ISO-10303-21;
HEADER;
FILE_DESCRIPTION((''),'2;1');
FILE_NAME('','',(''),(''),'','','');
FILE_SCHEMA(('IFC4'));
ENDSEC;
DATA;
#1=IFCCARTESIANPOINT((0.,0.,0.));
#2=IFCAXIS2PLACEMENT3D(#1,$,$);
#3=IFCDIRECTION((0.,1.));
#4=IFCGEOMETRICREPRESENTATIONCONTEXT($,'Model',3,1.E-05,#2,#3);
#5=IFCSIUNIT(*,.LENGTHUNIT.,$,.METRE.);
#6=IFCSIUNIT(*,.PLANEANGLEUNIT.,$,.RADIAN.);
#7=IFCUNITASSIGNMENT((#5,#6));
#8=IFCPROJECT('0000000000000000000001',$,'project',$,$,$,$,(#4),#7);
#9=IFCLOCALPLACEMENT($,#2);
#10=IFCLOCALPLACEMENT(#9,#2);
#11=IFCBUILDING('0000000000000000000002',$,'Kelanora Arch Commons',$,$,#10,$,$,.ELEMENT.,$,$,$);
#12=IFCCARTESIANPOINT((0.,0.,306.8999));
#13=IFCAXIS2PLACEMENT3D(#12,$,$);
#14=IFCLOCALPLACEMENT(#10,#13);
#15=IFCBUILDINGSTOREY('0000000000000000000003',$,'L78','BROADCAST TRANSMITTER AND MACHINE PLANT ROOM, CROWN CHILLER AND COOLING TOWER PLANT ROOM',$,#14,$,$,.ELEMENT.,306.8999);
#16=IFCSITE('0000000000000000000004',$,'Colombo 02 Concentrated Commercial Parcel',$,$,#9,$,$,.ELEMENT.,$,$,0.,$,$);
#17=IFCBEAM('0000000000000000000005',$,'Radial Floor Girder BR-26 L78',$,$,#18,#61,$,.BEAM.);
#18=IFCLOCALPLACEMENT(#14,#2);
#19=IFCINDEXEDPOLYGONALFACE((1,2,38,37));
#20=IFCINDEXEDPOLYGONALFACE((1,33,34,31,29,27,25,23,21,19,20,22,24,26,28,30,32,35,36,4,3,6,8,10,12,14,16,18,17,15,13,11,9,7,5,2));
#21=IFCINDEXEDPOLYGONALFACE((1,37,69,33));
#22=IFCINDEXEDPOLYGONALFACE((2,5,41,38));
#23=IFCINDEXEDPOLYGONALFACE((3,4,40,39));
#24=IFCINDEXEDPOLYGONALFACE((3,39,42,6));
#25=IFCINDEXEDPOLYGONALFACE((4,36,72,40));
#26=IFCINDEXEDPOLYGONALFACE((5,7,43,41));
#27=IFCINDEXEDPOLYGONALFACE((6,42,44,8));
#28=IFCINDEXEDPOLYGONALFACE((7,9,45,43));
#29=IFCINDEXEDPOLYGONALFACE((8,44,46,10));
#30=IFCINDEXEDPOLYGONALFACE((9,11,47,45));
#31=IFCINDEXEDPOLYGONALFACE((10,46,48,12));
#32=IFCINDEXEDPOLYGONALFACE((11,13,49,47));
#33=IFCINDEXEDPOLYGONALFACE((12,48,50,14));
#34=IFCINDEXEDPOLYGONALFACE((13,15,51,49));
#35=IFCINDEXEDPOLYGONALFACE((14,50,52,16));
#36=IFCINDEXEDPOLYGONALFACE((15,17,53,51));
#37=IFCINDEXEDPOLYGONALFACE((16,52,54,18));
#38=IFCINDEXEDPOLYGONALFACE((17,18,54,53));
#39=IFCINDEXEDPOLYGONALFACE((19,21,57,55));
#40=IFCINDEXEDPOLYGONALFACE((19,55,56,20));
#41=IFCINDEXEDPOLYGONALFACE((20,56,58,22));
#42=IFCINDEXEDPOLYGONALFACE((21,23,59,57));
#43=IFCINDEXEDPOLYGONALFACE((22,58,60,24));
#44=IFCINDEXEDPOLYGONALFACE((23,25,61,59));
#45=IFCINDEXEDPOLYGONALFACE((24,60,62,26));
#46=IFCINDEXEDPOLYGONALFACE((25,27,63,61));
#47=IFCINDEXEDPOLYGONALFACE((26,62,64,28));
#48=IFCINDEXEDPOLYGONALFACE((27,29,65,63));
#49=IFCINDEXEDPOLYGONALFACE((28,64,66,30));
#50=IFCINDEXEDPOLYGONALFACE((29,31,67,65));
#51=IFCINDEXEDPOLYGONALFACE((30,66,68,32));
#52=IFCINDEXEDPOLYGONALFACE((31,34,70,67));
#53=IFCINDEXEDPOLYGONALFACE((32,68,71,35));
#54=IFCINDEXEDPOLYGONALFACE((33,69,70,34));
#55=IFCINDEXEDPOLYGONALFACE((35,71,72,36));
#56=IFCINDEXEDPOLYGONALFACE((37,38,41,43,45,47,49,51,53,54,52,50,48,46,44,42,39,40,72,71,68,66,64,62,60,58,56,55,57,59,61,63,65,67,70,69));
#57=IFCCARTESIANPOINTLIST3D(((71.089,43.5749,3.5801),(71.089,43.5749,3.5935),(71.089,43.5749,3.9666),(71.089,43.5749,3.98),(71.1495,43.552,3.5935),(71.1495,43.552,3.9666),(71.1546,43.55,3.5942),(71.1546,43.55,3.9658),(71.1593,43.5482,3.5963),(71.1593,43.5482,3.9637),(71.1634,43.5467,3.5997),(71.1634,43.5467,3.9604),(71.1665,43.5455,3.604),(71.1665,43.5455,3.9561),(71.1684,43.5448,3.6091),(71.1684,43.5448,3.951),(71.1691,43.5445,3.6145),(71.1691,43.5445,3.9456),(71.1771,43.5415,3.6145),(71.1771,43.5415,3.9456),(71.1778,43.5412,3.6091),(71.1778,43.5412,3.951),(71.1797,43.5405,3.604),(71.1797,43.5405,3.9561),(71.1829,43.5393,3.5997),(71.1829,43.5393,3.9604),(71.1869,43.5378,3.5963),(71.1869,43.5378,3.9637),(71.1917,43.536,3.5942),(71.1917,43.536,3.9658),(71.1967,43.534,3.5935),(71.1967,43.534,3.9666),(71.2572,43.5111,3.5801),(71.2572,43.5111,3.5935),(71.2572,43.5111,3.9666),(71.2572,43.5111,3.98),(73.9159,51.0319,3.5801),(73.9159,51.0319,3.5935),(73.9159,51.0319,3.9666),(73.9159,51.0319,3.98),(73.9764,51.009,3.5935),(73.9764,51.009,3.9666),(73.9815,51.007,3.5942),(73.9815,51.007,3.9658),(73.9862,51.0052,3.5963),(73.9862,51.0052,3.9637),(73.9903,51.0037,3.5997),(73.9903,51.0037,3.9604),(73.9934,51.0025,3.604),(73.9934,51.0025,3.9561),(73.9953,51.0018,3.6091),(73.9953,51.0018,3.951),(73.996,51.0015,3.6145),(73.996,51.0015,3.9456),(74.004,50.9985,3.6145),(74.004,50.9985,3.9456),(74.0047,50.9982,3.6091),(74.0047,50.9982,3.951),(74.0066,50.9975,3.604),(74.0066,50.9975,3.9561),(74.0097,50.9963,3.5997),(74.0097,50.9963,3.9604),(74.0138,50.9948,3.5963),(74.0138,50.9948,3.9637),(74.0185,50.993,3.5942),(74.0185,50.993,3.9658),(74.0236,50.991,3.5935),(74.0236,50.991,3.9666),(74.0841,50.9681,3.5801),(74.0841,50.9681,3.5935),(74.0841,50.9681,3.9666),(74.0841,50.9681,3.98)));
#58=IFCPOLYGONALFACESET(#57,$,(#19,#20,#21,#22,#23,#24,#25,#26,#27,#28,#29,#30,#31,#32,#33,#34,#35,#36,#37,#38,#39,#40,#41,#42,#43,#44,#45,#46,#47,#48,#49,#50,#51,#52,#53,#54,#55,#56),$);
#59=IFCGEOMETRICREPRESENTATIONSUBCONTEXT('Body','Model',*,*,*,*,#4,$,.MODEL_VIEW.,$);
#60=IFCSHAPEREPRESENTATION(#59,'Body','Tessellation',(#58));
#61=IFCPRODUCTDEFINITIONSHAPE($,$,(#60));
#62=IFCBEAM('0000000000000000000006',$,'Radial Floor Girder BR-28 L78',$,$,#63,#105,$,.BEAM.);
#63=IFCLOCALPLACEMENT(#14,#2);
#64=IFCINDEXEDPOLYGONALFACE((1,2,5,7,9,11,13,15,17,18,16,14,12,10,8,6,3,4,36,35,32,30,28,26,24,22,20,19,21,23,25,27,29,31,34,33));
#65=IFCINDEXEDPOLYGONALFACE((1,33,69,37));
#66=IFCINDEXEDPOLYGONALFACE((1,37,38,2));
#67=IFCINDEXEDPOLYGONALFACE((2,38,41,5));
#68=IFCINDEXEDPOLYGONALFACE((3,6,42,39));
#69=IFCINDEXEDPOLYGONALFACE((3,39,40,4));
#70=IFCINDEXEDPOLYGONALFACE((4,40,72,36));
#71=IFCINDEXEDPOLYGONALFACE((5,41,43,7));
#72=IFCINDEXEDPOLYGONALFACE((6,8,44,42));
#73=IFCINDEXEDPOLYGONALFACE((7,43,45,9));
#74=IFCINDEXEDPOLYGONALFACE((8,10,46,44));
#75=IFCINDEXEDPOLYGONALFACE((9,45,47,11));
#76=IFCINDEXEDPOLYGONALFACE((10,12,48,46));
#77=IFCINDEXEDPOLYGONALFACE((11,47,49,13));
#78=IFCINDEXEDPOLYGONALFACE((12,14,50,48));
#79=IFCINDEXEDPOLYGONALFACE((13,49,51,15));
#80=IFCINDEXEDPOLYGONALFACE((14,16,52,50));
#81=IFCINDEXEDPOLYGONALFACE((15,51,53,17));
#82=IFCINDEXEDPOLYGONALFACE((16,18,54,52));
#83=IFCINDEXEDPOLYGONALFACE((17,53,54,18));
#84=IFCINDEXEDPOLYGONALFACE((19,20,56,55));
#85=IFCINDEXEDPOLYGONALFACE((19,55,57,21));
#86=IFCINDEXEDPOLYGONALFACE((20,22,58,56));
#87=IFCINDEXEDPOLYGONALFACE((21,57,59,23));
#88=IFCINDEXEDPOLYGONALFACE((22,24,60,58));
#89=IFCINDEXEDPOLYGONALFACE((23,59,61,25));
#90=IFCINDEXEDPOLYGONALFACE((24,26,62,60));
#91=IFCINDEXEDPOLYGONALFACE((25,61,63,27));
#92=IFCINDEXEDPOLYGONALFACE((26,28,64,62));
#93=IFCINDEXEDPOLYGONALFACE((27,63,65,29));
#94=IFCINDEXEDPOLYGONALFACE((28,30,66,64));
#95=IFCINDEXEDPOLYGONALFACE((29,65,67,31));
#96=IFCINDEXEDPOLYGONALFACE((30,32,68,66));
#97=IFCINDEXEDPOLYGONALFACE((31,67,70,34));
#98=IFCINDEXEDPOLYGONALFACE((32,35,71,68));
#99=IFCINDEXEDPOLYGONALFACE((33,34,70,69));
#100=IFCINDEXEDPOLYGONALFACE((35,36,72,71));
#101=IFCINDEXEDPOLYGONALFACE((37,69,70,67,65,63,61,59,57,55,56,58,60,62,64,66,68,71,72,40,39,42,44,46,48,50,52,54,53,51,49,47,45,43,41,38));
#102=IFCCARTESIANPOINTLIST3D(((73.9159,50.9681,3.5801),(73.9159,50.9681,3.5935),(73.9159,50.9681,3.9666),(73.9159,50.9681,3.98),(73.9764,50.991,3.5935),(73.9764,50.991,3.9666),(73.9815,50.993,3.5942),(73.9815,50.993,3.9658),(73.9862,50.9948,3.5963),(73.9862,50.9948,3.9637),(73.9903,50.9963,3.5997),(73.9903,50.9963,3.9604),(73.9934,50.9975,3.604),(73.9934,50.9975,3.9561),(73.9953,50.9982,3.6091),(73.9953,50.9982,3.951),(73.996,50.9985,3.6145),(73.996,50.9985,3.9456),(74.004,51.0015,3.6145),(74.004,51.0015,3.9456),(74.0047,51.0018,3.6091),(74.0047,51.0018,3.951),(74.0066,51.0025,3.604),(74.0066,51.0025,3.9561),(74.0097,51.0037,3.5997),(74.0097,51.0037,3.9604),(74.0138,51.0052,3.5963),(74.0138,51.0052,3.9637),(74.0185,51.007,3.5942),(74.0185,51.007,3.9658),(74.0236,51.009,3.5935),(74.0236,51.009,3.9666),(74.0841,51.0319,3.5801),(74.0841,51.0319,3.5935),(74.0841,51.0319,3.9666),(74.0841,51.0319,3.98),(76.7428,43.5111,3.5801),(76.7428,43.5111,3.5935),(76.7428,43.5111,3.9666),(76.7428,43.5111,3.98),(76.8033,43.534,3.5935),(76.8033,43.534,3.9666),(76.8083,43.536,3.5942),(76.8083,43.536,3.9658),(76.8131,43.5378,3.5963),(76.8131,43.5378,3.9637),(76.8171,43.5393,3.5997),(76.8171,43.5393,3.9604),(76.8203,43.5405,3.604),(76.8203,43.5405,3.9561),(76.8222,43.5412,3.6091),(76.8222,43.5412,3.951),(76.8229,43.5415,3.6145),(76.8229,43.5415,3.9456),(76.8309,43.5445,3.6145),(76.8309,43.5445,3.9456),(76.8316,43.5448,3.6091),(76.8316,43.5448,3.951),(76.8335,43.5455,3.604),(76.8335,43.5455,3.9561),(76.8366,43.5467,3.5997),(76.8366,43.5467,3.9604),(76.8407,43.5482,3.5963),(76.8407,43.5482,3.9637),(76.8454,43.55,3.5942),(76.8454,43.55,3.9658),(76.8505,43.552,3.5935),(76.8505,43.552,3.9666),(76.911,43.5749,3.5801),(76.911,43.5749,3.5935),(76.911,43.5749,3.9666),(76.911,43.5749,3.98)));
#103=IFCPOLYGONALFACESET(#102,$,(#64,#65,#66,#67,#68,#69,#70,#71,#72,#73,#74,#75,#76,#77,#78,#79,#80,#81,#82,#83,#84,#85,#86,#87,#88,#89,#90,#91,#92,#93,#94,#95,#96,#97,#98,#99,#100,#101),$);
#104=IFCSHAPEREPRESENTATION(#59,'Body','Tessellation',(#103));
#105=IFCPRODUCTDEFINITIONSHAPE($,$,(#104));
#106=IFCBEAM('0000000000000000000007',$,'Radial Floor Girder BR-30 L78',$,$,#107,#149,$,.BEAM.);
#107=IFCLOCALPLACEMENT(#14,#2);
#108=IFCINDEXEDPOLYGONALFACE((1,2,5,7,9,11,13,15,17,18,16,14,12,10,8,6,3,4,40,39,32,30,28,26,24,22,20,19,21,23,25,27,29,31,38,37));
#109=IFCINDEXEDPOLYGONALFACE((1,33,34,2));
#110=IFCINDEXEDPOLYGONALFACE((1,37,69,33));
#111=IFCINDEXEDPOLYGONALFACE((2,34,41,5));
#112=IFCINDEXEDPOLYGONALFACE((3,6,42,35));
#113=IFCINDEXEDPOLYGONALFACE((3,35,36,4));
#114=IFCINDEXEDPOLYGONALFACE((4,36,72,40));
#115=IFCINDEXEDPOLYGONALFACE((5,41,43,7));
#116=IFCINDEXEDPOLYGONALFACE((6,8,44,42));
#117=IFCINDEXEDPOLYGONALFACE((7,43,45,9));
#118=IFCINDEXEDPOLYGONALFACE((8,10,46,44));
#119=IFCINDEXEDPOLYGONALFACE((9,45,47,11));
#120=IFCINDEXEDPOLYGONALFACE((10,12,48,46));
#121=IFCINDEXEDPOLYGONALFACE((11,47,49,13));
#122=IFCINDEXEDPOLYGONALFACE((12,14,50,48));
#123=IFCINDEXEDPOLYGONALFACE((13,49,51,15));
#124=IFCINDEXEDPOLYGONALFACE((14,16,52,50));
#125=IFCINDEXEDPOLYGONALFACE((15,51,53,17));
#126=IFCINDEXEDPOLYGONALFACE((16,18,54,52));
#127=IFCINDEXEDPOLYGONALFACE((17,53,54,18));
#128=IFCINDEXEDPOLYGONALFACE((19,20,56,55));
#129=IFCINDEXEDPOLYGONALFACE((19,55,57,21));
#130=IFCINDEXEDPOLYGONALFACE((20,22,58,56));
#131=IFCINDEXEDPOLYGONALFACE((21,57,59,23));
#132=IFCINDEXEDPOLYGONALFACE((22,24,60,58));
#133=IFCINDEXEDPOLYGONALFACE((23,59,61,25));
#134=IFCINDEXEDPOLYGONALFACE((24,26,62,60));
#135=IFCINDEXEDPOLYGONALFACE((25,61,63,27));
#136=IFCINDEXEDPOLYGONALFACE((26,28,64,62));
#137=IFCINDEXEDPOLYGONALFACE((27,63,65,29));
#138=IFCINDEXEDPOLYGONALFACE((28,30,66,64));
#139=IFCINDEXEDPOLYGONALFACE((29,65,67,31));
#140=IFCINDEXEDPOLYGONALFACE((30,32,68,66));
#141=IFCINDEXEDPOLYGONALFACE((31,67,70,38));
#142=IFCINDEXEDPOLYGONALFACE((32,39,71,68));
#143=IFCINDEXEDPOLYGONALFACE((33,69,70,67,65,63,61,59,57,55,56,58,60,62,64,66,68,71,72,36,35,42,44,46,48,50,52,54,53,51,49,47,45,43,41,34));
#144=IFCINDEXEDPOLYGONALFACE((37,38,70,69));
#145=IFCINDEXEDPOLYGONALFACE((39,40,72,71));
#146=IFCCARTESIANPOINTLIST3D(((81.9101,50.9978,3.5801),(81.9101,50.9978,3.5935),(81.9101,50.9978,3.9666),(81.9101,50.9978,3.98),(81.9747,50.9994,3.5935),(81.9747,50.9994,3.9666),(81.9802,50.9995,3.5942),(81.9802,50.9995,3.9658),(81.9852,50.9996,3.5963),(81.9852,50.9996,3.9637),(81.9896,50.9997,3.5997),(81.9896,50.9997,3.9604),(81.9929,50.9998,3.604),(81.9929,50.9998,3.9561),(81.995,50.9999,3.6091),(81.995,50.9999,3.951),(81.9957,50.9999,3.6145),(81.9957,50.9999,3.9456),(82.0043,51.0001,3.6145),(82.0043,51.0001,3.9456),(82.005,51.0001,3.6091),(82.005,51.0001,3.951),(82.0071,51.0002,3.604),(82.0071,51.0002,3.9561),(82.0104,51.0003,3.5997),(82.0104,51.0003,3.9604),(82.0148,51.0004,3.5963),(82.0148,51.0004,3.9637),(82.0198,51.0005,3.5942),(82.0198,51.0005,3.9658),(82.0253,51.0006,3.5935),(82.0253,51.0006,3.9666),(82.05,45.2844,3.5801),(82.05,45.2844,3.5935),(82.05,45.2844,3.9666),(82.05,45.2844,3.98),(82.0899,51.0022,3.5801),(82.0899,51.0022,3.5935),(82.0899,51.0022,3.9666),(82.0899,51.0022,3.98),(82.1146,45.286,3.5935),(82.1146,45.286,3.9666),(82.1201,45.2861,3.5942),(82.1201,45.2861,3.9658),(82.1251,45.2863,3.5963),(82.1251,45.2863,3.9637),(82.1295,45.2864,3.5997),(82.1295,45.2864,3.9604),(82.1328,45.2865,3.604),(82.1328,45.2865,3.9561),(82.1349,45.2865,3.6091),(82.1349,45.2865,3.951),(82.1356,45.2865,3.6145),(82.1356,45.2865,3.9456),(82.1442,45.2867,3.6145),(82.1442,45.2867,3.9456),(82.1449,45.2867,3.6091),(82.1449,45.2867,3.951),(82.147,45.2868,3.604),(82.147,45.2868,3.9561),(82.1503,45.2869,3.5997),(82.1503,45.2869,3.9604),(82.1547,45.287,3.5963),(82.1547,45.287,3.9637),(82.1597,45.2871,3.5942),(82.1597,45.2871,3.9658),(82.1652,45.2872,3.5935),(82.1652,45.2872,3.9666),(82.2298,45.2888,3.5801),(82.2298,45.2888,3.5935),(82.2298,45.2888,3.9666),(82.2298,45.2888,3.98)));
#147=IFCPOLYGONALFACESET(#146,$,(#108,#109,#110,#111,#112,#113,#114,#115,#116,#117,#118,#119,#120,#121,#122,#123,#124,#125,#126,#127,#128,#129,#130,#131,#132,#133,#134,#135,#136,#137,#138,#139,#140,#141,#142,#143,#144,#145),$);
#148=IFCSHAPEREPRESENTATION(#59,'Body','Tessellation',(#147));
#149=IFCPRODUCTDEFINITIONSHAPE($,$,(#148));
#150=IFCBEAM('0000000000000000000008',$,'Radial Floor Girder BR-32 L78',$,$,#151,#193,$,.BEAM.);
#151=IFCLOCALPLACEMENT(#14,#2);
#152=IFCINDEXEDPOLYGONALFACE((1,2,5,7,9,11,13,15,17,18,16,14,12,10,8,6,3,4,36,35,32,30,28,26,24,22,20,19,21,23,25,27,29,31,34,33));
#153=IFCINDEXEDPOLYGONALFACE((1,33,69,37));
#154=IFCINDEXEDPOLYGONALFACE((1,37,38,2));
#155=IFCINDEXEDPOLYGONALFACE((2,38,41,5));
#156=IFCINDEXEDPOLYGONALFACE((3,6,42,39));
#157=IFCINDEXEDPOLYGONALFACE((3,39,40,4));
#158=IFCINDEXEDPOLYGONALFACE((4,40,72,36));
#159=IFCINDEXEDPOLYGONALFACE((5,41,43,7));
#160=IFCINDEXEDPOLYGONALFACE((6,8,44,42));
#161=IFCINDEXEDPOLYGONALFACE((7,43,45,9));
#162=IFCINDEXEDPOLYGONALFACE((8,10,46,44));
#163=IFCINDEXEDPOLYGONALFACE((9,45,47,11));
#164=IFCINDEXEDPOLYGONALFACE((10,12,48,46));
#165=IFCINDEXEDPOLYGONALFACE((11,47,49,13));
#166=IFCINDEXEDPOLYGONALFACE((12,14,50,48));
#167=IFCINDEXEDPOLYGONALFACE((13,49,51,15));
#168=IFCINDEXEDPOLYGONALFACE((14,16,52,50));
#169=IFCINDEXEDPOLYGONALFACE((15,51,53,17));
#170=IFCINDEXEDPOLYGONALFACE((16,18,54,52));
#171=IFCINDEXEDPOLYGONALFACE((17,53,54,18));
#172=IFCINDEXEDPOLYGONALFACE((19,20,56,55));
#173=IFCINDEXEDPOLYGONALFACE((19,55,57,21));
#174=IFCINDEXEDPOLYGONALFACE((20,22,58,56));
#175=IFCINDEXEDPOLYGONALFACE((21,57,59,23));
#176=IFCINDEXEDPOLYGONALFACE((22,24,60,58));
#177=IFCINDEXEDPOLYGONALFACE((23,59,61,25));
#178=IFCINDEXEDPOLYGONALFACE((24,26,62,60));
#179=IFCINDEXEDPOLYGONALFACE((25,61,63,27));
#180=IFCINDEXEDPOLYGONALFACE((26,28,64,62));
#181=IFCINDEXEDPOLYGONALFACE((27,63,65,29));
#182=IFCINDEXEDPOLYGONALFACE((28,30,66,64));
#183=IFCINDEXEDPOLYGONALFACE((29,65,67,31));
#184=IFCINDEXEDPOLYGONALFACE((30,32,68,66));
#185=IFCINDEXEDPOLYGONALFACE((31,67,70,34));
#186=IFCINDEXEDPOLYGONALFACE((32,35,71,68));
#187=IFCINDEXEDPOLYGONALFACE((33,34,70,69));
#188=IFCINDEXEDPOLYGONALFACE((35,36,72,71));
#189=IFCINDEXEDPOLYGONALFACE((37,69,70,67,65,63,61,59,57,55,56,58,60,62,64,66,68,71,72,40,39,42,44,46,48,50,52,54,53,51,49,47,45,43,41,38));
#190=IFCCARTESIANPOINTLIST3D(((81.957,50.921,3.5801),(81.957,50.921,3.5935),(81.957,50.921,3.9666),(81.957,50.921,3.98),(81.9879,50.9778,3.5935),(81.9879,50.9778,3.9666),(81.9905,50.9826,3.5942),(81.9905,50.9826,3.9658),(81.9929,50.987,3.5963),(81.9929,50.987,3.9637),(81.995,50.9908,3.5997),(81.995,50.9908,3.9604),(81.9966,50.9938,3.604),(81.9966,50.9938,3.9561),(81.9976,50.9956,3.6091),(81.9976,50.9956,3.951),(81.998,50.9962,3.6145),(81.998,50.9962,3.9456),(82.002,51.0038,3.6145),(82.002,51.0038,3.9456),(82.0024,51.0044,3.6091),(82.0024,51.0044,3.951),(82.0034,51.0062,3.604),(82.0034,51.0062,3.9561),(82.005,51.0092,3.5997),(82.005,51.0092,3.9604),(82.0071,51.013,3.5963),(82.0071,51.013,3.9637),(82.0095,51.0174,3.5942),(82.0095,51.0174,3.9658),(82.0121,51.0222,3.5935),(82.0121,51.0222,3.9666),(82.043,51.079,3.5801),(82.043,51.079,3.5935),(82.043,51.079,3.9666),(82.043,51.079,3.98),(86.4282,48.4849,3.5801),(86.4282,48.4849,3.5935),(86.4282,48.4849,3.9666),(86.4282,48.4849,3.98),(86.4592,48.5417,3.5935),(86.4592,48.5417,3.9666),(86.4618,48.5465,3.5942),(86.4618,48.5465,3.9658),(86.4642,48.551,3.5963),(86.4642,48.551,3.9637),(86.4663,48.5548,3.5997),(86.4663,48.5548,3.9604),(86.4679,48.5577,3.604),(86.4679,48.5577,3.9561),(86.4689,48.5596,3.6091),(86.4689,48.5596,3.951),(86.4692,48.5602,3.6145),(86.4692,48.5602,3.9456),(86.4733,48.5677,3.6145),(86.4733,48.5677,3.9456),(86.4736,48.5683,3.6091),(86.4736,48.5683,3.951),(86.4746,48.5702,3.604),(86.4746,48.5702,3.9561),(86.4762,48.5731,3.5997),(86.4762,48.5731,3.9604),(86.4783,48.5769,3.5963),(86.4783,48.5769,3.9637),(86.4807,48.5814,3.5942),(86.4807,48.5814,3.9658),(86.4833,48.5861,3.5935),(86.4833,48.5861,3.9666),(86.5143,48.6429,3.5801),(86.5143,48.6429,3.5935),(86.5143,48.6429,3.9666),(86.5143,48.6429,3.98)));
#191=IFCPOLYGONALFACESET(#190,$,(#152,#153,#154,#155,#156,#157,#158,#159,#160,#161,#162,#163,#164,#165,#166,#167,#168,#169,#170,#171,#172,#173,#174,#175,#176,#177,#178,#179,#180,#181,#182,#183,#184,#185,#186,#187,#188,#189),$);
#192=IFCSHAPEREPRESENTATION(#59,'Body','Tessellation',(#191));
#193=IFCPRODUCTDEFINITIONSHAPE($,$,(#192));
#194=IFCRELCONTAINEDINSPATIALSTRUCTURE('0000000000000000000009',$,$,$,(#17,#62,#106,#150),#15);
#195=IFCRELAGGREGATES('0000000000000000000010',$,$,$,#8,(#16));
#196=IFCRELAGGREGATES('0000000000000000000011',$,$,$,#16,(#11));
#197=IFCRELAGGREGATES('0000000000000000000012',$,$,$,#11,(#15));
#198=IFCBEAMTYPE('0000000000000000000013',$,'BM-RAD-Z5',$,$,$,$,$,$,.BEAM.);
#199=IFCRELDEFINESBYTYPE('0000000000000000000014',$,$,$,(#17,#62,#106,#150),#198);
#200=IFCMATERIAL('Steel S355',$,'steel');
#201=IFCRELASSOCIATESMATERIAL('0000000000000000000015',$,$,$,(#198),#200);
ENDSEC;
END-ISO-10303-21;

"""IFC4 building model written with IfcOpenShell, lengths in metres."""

from ifc_helpers import new_model, si_unit, direction, frame, origin, origin_2d, place, context, subcontext, project, spatial, i_section, extrude, material, material_profile, profile_set, type_object, element, save


model = new_model("IFC4")

# Units and contexts
model_context = context("Model", 3, precision=1e-05, world=origin(), true_north=direction((0.0, 1.0)))
body_context = subcontext(model_context, "Body", "Model", "MODEL_VIEW")
ifc_project = project(units=[si_unit("LENGTHUNIT", "METRE"), si_unit("PLANEANGLEUNIT", "RADIAN")], contexts=[model_context])

# Site, building, storey
site_placement = place(None, origin())
site = spatial("IfcSite", under=ifc_project, at=site_placement, Name="Colombo 02 Concentrated Commercial Parcel", CompositionType="ELEMENT", RefElevation=0.0)
building_placement = place(site_placement, origin())
building = spatial("IfcBuilding", under=site, at=building_placement, Name="Kelanora Arch Commons", CompositionType="ELEMENT")
storey_placement = place(building_placement, frame((0.0, 0.0, 306.8999)))
storey = spatial("IfcBuildingStorey", under=building, at=storey_placement, Name="L78", Description="BROADCAST TRANSMITTER AND MACHINE PLANT ROOM, CROWN CHILLER AND COOLING TOWER PLANT ROOM", CompositionType="ELEMENT", Elevation=306.8999)

# Beams
ifc_material_1 = material(Name="Steel S355", Category="steel")
ifc_material_profile_1 = material_profile(ifc_material_1, i_section(OverallWidth=0.1799, OverallDepth=0.3999, WebThickness=0.0085, FlangeThickness=0.0134, FilletRadius=0.021, at=origin_2d()), Name="IPE400")
ifc_profile_set_1 = profile_set([ifc_material_profile_1], Name="Steel S355")
beam_type_1 = type_object("IfcBeamType", Name="BM-RAD-Z5", PredefinedType="BEAM", material=ifc_profile_set_1)
for number, where, z_axis, x_axis, name in (
    (1, (74.0, 51.0, 3.78), (-0.354476, -0.935065, 0.0), (0.935065, -0.354476, 0.0), "Radial Floor Girder BR-26 L78"),
    (2, (74.0, 51.0, 3.78), (0.354476, -0.935065, 0.0), (0.935065, 0.354476, 0.0), "Radial Floor Girder BR-28 L78"),
):
    element("IfcBeam", number, at=place(storey_placement, frame(where, z_axis=z_axis, x_axis=x_axis)), inside=storey, type_object=beam_type_1, Name=name, PredefinedType="BEAM", context=body_context, shape_type="SweptSolid", body=[
        extrude(i_section(OverallWidth=0.1799, OverallDepth=0.3999, WebThickness=0.0085, FlangeThickness=0.0134, FilletRadius=0.021, at=origin_2d()), origin(), (0.0, 0.0, 1.0), 7.9749),
    ])
beam_1_placement = place(storey_placement, frame((82.0, 51.0, 3.78), z_axis=(0.024478, -0.9997, 0.0), x_axis=(0.9997, 0.024478, 0.0)))
element("IfcBeam", 3, at=beam_1_placement, inside=storey, type_object=beam_type_1, Name="Radial Floor Girder BR-30 L78", PredefinedType="BEAM", context=body_context, shape_type="SweptSolid", body=[
    extrude(i_section(OverallWidth=0.1799, OverallDepth=0.3999, WebThickness=0.0085, FlangeThickness=0.0134, FilletRadius=0.021, at=origin_2d()), origin(), (0.0, 0.0, 1.0), 5.7151),
])
beam_2_placement = place(storey_placement, frame((82.0, 51.0, 3.78), z_axis=(0.878126, -0.478429, 0.0), x_axis=(0.478429, 0.878126, 0.0)))
element("IfcBeam", 4, at=beam_2_placement, inside=storey, type_object=beam_type_1, Name="Radial Floor Girder BR-32 L78", PredefinedType="BEAM", context=body_context, shape_type="SweptSolid", body=[
    extrude(i_section(OverallWidth=0.1799, OverallDepth=0.3999, WebThickness=0.0085, FlangeThickness=0.0134, FilletRadius=0.021, at=origin_2d()), origin(), (0.0, 0.0, 1.0), 5.0918),
])

save(model, "model.ifc")
